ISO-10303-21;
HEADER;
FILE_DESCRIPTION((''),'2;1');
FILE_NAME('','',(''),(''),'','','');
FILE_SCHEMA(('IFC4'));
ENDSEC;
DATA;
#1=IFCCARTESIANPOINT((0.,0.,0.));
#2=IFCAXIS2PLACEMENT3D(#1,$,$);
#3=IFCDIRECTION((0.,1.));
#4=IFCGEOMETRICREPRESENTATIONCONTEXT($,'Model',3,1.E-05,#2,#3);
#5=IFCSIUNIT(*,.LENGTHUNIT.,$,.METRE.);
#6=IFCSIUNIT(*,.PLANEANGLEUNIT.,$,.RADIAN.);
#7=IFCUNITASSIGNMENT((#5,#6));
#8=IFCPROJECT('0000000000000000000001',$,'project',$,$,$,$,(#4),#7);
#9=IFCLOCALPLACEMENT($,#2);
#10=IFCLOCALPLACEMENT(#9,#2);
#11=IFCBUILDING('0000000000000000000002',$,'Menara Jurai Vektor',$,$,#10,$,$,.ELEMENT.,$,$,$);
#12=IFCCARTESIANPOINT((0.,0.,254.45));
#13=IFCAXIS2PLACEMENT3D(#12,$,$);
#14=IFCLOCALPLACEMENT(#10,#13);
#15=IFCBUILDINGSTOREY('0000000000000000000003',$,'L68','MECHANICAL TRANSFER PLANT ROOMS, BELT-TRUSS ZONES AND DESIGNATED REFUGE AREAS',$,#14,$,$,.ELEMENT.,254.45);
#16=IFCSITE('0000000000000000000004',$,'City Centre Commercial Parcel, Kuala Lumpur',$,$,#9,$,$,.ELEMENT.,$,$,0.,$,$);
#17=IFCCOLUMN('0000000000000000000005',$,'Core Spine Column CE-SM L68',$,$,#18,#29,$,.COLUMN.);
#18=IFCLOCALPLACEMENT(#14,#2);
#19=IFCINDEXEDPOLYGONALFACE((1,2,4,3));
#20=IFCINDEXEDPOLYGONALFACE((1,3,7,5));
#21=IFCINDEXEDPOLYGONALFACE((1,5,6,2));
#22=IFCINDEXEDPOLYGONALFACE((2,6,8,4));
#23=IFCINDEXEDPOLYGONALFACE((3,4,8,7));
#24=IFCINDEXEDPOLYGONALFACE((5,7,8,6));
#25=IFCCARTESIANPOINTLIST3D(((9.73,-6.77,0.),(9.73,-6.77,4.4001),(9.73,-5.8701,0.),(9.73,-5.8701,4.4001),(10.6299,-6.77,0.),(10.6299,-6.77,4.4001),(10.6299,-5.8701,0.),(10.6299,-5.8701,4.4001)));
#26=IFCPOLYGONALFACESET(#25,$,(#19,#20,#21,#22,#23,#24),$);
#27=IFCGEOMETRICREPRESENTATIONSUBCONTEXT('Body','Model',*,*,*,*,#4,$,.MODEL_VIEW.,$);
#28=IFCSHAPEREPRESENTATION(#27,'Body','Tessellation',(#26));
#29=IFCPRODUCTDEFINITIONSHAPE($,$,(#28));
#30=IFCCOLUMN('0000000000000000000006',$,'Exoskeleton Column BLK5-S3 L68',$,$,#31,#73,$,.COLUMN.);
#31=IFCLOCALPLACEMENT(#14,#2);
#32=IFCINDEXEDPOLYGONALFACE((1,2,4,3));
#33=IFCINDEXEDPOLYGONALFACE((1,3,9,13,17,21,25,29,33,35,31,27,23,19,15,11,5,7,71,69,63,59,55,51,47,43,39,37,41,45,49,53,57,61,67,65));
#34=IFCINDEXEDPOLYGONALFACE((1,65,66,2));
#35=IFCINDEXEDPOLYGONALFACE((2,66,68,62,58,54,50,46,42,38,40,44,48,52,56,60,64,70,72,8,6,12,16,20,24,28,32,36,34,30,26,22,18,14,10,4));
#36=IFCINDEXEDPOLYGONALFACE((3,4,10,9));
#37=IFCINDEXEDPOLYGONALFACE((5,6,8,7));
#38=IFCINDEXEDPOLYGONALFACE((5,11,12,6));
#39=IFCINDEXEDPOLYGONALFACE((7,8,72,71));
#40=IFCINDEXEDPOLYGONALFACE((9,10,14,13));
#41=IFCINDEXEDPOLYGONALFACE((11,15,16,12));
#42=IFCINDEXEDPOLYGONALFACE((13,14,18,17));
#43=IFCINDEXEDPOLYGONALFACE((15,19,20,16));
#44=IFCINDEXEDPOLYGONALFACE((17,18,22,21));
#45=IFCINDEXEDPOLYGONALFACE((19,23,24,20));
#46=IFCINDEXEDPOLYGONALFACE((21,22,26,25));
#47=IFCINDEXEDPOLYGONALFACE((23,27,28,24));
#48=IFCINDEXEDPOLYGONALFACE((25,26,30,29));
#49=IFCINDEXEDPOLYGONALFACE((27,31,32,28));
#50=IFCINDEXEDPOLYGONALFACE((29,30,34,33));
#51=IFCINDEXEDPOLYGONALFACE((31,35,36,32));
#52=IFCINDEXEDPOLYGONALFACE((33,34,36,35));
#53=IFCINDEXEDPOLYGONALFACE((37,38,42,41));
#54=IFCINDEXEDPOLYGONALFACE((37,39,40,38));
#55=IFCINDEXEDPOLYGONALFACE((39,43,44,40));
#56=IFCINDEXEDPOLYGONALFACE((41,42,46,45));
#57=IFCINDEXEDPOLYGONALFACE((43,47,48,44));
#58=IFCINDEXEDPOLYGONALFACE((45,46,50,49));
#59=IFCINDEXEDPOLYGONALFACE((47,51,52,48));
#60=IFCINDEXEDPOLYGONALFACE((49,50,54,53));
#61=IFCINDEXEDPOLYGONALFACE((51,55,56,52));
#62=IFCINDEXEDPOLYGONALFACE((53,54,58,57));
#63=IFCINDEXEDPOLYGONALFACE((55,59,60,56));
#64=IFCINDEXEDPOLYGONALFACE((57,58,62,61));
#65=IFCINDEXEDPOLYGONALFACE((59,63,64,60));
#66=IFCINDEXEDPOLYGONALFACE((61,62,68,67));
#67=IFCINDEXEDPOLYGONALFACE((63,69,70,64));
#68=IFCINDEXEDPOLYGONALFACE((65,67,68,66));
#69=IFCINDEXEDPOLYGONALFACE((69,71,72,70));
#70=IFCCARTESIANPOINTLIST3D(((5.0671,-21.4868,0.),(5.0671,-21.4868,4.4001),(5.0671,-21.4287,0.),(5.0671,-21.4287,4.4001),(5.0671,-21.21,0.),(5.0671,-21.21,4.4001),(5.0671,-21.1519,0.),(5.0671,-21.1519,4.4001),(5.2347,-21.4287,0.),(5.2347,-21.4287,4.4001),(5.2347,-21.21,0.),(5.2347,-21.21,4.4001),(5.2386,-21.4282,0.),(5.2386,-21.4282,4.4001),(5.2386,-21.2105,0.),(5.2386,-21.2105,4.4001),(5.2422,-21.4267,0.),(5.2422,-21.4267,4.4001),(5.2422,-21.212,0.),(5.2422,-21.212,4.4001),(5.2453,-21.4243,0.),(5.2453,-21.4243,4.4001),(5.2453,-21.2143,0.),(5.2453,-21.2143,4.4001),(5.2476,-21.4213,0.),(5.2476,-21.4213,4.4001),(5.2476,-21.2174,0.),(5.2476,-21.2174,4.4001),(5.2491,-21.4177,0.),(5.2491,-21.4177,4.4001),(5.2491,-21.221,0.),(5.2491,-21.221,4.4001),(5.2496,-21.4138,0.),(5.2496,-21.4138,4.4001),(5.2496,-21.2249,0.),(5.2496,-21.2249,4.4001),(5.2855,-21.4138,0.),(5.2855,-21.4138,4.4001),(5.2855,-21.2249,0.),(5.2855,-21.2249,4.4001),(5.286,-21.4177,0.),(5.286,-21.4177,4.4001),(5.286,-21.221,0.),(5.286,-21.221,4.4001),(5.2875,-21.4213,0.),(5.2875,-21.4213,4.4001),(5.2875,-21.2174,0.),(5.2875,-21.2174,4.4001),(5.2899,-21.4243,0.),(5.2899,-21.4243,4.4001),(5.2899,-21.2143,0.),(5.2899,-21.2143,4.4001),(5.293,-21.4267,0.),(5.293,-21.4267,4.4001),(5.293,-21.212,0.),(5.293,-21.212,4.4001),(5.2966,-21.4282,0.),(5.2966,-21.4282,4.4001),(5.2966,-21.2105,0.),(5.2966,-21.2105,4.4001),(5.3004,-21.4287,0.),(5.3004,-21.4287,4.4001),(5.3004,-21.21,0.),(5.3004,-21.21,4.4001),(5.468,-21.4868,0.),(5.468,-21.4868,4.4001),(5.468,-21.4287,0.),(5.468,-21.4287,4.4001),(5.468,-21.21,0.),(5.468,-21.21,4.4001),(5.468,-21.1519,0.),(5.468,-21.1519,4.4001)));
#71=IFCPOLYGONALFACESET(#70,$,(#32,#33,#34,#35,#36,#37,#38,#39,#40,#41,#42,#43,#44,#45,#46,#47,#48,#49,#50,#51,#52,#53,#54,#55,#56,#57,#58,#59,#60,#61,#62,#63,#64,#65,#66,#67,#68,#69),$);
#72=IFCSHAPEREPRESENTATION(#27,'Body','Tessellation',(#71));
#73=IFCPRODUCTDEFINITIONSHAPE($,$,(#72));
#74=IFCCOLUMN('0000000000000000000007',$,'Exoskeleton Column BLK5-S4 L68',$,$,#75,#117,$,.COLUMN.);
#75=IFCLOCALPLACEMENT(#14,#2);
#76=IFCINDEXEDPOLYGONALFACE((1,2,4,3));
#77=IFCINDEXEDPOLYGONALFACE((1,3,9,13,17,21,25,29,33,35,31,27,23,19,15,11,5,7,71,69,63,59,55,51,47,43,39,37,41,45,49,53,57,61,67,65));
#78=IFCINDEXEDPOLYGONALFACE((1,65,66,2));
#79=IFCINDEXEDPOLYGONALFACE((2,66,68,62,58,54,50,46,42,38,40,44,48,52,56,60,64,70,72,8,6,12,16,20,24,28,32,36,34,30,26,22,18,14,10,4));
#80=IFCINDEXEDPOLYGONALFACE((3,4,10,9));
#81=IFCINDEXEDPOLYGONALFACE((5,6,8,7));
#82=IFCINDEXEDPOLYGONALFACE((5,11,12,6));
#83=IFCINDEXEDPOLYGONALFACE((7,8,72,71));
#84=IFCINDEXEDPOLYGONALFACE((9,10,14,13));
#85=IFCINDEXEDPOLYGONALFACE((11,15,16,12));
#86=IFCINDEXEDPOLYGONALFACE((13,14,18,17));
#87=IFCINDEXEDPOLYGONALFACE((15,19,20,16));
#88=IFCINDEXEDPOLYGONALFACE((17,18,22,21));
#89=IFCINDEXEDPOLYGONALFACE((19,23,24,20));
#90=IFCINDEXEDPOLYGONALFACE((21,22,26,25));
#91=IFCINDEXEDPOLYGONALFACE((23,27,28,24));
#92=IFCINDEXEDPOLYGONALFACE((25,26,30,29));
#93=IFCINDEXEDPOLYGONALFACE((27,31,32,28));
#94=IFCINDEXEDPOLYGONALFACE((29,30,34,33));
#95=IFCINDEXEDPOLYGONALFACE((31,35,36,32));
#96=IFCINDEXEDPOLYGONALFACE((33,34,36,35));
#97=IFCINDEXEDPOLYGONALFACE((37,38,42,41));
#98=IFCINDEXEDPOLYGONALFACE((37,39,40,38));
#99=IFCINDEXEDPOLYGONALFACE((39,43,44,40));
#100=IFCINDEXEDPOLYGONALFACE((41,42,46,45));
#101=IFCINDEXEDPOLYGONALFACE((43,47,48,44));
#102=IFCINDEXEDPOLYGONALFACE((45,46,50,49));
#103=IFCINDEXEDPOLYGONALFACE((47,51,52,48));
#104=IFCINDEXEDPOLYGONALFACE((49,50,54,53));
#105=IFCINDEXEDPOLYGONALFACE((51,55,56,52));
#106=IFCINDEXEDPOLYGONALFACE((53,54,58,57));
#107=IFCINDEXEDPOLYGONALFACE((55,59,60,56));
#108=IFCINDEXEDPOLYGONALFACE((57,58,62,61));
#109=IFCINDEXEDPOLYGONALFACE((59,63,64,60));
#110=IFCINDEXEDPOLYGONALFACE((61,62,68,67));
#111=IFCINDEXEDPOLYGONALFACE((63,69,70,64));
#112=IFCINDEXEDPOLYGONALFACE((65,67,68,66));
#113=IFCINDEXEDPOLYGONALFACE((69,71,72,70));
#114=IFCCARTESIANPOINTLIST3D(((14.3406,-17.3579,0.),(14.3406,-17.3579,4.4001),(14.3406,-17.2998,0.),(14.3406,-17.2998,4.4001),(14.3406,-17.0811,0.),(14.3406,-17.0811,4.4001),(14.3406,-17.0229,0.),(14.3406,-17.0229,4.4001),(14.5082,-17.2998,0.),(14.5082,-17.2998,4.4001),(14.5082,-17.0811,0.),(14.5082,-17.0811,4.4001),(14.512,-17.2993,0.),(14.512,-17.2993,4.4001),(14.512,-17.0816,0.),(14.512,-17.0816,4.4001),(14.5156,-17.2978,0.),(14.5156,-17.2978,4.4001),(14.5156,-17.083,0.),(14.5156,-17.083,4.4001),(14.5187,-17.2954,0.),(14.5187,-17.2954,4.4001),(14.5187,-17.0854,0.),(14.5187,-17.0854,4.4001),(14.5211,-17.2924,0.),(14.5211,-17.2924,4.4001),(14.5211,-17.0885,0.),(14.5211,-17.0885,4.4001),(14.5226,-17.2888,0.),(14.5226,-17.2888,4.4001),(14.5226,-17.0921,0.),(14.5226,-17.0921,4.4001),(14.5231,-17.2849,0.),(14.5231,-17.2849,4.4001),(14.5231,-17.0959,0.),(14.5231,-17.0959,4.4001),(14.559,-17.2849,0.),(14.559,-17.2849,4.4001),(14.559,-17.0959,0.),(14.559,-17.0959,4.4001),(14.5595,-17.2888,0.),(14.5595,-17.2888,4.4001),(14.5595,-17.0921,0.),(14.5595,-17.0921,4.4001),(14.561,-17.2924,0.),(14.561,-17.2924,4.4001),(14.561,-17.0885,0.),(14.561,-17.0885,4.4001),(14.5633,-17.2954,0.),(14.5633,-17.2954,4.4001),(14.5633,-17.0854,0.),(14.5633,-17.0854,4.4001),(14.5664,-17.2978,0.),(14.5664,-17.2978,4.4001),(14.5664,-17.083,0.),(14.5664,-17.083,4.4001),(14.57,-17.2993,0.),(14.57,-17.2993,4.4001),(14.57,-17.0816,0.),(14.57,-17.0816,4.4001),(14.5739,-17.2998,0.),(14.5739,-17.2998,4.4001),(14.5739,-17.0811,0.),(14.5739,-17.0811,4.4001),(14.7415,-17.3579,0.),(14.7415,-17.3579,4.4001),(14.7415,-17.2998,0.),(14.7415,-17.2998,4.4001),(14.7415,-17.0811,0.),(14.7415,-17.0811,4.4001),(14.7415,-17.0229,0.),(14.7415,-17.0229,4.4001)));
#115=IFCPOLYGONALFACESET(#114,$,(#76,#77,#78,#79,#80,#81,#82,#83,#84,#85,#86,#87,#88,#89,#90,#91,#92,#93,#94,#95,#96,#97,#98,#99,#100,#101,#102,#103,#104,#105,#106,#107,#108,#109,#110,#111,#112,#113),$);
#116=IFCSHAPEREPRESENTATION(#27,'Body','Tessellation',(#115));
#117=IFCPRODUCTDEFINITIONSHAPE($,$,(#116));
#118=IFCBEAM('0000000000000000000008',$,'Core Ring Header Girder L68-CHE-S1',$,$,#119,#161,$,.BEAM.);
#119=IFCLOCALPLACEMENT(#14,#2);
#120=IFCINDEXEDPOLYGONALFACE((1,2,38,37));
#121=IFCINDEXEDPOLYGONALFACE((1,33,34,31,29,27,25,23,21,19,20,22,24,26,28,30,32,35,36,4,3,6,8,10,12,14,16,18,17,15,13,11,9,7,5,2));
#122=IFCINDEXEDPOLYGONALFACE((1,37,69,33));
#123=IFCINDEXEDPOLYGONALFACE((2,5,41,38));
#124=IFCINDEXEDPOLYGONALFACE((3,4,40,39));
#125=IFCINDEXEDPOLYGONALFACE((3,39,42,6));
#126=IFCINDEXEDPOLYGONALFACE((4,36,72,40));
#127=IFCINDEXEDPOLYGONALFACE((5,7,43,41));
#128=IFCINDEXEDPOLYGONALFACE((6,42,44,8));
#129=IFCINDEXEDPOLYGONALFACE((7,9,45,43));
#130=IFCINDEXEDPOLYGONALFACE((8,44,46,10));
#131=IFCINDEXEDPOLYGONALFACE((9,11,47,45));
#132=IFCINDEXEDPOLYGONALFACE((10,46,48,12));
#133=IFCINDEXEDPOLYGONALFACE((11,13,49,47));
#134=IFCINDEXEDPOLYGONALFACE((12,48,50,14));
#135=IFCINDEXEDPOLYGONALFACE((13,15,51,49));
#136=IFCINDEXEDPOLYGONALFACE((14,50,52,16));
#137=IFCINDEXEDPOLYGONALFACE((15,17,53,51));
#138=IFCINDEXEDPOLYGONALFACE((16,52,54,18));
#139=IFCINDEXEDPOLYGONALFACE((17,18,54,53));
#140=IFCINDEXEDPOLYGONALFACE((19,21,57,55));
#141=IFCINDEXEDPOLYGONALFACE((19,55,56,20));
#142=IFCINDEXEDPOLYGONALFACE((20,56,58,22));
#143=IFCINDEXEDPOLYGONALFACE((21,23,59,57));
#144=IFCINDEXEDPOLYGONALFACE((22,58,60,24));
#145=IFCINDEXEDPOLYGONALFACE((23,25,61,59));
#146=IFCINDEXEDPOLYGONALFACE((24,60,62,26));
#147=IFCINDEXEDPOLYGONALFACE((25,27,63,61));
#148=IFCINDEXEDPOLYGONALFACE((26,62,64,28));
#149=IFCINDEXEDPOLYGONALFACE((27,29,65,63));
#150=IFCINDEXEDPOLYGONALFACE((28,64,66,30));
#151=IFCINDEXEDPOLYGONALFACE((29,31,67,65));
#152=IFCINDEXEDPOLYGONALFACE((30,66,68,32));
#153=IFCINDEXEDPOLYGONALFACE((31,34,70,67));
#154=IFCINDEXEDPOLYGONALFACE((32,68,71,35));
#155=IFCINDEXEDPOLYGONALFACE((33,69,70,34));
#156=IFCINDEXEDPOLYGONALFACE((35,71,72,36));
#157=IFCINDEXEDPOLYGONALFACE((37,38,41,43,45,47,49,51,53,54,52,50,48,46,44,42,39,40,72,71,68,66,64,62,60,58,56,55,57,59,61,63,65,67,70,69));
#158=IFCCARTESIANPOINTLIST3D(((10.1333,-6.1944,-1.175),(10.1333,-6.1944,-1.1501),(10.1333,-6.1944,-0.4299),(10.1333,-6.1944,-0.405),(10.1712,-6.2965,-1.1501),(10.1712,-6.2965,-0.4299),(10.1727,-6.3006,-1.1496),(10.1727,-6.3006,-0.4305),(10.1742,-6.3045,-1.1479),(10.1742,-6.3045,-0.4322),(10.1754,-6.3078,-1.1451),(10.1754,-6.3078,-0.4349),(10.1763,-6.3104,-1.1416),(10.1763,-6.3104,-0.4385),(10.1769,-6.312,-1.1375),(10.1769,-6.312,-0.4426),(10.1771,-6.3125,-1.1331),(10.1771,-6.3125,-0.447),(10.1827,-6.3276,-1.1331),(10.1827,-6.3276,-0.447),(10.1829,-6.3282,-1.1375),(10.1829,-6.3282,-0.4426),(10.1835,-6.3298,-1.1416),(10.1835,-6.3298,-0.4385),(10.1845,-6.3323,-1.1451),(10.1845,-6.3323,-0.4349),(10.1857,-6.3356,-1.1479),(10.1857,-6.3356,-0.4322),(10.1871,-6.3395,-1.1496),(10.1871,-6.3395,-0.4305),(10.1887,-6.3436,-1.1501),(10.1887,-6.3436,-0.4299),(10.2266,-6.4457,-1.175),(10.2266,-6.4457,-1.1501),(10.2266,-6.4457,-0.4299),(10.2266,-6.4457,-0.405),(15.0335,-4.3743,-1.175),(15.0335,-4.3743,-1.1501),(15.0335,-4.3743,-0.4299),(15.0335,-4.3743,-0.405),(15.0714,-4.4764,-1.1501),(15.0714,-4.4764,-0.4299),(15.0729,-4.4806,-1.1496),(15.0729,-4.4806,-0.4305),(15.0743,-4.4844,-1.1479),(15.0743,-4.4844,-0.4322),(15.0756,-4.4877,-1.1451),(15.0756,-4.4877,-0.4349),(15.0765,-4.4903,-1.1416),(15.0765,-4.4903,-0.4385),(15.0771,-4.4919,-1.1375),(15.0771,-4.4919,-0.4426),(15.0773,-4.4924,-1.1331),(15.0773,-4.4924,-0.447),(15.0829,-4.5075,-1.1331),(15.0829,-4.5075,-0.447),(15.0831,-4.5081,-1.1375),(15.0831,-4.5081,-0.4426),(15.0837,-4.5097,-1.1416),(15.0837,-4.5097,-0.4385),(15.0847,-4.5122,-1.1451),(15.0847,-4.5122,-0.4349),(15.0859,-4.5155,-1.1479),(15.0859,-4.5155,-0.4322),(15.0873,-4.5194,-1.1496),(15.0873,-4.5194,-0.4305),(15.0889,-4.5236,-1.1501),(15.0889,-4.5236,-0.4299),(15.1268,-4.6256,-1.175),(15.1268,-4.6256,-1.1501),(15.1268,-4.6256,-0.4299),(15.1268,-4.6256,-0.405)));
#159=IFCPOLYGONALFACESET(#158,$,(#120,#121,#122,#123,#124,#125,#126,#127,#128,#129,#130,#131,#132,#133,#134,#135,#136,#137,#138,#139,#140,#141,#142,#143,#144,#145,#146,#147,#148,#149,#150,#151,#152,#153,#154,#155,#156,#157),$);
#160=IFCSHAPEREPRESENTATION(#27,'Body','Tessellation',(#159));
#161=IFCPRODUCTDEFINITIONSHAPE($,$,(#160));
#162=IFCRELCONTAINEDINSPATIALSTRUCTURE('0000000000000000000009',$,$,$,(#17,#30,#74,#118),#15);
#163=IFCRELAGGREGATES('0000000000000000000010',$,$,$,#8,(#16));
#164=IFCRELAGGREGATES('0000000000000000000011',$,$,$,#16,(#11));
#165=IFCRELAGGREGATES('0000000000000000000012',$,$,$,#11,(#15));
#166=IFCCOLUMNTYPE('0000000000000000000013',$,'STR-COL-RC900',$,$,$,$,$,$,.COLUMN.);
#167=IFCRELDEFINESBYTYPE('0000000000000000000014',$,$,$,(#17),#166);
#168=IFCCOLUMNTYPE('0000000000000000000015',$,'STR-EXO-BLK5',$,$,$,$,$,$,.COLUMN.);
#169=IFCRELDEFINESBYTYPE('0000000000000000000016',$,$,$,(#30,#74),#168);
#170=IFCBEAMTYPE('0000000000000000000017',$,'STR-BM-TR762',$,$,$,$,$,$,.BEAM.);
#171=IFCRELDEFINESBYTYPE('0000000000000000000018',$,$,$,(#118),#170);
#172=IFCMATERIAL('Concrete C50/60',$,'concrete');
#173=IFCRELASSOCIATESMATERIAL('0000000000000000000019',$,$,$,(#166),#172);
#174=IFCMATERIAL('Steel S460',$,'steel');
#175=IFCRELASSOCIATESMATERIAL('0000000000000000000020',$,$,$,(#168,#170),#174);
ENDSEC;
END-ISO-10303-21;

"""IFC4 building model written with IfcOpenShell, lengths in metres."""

from ifc_helpers import new_model, si_unit, direction, frame, origin, origin_2d, place, context, subcontext, project, spatial, rectangle, i_section, extrude, material, material_profile, profile_set, type_object, element, save


model = new_model("IFC4")

# Units and contexts
model_context = context("Model", 3, precision=1e-05, world=origin(), true_north=direction((0.0, 1.0)))
body_context = subcontext(model_context, "Body", "Model", "MODEL_VIEW")
ifc_project = project(units=[si_unit("LENGTHUNIT", "METRE"), si_unit("PLANEANGLEUNIT", "RADIAN")], contexts=[model_context])

# Site, building, storey
site_placement = place(None, origin())
site = spatial("IfcSite", under=ifc_project, at=site_placement, Name="City Centre Commercial Parcel, Kuala Lumpur", CompositionType="ELEMENT", RefElevation=0.0)
building_placement = place(site_placement, origin())
building = spatial("IfcBuilding", under=site, at=building_placement, Name="Menara Jurai Vektor", CompositionType="ELEMENT")
storey_placement = place(building_placement, frame((0.0, 0.0, 254.45)))
storey = spatial("IfcBuildingStorey", under=building, at=storey_placement, Name="L68", Description="MECHANICAL TRANSFER PLANT ROOMS, BELT-TRUSS ZONES AND DESIGNATED REFUGE AREAS", CompositionType="ELEMENT", Elevation=254.45)

# Columns
ifc_material_1 = material(Name="Concrete C50/60", Category="concrete")
ifc_material_profile_1 = material_profile(ifc_material_1, rectangle(XDim=0.8999, YDim=0.8999, at=origin_2d()), Name="RC 900x900")
ifc_profile_set_1 = profile_set([ifc_material_profile_1], Name="Concrete C50/60")
column_type_1 = type_object("IfcColumnType", Name="STR-COL-RC900", PredefinedType="COLUMN", material=ifc_profile_set_1)
column_placement = place(storey_placement, frame((10.1799, -6.3201, 0.0), z_axis=(0.0, 0.0, 1.0), x_axis=(1.0, 0.0, 0.0)))
element("IfcColumn", 1, at=column_placement, inside=storey, type_object=column_type_1, Name="Core Spine Column CE-SM L68", PredefinedType="COLUMN", context=body_context, shape_type="SweptSolid", body=[
    extrude(rectangle(XDim=0.8999, YDim=0.8999, at=origin_2d()), origin(), (0.0, 0.0, 1.0), 4.4001),
])
ifc_material_2 = material(Name="Steel S460", Category="steel")
ifc_material_profile_2 = material_profile(ifc_material_2, i_section(OverallWidth=0.4009, OverallDepth=0.335, WebThickness=0.0359, FlangeThickness=0.0581, FilletRadius=0.0149, at=origin_2d()), Name="HD 400x463")
ifc_profile_set_2 = profile_set([ifc_material_profile_2], Name="Steel S460")
column_type_2 = type_object("IfcColumnType", Name="STR-EXO-BLK5", PredefinedType="COLUMN", material=ifc_profile_set_2)
for number, where, z_axis, x_axis, name in (
    (2, (5.2676, -21.3193, 0.0), (0.0, 0.0, 1.0), (1.0, 0.0, 0.0), "Exoskeleton Column BLK5-S3 L68"),
    (3, (14.541, -17.1904, 0.0), (0.0, 0.0, 1.0), (1.0, 0.0, 0.0), "Exoskeleton Column BLK5-S4 L68"),
):
    element("IfcColumn", number, at=place(storey_placement, frame(where, z_axis=z_axis, x_axis=x_axis)), inside=storey, type_object=column_type_2, Name=name, PredefinedType="COLUMN", context=body_context, shape_type="SweptSolid", body=[
        extrude(i_section(OverallWidth=0.4009, OverallDepth=0.335, WebThickness=0.0359, FlangeThickness=0.0581, FilletRadius=0.0149, at=origin_2d()), origin(), (0.0, 0.0, 1.0), 4.4001),
    ])

# Beam
ifc_material_profile_3 = material_profile(ifc_material_2, i_section(OverallWidth=0.2681, OverallDepth=0.77, WebThickness=0.0161, FlangeThickness=0.0249, FilletRadius=0.0171, at=origin_2d()), Name="UKB 762x267x197")
ifc_profile_set_3 = profile_set([ifc_material_profile_3], Name="Steel S460")
beam_type_1 = type_object("IfcBeamType", Name="STR-BM-TR762", PredefinedType="BEAM", material=ifc_profile_set_3)
beam_1_placement = place(storey_placement, frame((10.1799, -6.3201, -0.79), z_axis=(0.937424, 0.348189, 0.0), x_axis=(-0.348189, 0.937424, 0.0)))
element("IfcBeam", 4, at=beam_1_placement, inside=storey, type_object=beam_type_1, Name="Core Ring Header Girder L68-CHE-S1", PredefinedType="BEAM", context=body_context, shape_type="SweptSolid", body=[
    extrude(i_section(OverallWidth=0.2681, OverallDepth=0.77, WebThickness=0.0161, FlangeThickness=0.0249, FilletRadius=0.0171, at=origin_2d()), origin(), (0.0, 0.0, 1.0), 5.2273),
])

save(model, "model.ifc")
